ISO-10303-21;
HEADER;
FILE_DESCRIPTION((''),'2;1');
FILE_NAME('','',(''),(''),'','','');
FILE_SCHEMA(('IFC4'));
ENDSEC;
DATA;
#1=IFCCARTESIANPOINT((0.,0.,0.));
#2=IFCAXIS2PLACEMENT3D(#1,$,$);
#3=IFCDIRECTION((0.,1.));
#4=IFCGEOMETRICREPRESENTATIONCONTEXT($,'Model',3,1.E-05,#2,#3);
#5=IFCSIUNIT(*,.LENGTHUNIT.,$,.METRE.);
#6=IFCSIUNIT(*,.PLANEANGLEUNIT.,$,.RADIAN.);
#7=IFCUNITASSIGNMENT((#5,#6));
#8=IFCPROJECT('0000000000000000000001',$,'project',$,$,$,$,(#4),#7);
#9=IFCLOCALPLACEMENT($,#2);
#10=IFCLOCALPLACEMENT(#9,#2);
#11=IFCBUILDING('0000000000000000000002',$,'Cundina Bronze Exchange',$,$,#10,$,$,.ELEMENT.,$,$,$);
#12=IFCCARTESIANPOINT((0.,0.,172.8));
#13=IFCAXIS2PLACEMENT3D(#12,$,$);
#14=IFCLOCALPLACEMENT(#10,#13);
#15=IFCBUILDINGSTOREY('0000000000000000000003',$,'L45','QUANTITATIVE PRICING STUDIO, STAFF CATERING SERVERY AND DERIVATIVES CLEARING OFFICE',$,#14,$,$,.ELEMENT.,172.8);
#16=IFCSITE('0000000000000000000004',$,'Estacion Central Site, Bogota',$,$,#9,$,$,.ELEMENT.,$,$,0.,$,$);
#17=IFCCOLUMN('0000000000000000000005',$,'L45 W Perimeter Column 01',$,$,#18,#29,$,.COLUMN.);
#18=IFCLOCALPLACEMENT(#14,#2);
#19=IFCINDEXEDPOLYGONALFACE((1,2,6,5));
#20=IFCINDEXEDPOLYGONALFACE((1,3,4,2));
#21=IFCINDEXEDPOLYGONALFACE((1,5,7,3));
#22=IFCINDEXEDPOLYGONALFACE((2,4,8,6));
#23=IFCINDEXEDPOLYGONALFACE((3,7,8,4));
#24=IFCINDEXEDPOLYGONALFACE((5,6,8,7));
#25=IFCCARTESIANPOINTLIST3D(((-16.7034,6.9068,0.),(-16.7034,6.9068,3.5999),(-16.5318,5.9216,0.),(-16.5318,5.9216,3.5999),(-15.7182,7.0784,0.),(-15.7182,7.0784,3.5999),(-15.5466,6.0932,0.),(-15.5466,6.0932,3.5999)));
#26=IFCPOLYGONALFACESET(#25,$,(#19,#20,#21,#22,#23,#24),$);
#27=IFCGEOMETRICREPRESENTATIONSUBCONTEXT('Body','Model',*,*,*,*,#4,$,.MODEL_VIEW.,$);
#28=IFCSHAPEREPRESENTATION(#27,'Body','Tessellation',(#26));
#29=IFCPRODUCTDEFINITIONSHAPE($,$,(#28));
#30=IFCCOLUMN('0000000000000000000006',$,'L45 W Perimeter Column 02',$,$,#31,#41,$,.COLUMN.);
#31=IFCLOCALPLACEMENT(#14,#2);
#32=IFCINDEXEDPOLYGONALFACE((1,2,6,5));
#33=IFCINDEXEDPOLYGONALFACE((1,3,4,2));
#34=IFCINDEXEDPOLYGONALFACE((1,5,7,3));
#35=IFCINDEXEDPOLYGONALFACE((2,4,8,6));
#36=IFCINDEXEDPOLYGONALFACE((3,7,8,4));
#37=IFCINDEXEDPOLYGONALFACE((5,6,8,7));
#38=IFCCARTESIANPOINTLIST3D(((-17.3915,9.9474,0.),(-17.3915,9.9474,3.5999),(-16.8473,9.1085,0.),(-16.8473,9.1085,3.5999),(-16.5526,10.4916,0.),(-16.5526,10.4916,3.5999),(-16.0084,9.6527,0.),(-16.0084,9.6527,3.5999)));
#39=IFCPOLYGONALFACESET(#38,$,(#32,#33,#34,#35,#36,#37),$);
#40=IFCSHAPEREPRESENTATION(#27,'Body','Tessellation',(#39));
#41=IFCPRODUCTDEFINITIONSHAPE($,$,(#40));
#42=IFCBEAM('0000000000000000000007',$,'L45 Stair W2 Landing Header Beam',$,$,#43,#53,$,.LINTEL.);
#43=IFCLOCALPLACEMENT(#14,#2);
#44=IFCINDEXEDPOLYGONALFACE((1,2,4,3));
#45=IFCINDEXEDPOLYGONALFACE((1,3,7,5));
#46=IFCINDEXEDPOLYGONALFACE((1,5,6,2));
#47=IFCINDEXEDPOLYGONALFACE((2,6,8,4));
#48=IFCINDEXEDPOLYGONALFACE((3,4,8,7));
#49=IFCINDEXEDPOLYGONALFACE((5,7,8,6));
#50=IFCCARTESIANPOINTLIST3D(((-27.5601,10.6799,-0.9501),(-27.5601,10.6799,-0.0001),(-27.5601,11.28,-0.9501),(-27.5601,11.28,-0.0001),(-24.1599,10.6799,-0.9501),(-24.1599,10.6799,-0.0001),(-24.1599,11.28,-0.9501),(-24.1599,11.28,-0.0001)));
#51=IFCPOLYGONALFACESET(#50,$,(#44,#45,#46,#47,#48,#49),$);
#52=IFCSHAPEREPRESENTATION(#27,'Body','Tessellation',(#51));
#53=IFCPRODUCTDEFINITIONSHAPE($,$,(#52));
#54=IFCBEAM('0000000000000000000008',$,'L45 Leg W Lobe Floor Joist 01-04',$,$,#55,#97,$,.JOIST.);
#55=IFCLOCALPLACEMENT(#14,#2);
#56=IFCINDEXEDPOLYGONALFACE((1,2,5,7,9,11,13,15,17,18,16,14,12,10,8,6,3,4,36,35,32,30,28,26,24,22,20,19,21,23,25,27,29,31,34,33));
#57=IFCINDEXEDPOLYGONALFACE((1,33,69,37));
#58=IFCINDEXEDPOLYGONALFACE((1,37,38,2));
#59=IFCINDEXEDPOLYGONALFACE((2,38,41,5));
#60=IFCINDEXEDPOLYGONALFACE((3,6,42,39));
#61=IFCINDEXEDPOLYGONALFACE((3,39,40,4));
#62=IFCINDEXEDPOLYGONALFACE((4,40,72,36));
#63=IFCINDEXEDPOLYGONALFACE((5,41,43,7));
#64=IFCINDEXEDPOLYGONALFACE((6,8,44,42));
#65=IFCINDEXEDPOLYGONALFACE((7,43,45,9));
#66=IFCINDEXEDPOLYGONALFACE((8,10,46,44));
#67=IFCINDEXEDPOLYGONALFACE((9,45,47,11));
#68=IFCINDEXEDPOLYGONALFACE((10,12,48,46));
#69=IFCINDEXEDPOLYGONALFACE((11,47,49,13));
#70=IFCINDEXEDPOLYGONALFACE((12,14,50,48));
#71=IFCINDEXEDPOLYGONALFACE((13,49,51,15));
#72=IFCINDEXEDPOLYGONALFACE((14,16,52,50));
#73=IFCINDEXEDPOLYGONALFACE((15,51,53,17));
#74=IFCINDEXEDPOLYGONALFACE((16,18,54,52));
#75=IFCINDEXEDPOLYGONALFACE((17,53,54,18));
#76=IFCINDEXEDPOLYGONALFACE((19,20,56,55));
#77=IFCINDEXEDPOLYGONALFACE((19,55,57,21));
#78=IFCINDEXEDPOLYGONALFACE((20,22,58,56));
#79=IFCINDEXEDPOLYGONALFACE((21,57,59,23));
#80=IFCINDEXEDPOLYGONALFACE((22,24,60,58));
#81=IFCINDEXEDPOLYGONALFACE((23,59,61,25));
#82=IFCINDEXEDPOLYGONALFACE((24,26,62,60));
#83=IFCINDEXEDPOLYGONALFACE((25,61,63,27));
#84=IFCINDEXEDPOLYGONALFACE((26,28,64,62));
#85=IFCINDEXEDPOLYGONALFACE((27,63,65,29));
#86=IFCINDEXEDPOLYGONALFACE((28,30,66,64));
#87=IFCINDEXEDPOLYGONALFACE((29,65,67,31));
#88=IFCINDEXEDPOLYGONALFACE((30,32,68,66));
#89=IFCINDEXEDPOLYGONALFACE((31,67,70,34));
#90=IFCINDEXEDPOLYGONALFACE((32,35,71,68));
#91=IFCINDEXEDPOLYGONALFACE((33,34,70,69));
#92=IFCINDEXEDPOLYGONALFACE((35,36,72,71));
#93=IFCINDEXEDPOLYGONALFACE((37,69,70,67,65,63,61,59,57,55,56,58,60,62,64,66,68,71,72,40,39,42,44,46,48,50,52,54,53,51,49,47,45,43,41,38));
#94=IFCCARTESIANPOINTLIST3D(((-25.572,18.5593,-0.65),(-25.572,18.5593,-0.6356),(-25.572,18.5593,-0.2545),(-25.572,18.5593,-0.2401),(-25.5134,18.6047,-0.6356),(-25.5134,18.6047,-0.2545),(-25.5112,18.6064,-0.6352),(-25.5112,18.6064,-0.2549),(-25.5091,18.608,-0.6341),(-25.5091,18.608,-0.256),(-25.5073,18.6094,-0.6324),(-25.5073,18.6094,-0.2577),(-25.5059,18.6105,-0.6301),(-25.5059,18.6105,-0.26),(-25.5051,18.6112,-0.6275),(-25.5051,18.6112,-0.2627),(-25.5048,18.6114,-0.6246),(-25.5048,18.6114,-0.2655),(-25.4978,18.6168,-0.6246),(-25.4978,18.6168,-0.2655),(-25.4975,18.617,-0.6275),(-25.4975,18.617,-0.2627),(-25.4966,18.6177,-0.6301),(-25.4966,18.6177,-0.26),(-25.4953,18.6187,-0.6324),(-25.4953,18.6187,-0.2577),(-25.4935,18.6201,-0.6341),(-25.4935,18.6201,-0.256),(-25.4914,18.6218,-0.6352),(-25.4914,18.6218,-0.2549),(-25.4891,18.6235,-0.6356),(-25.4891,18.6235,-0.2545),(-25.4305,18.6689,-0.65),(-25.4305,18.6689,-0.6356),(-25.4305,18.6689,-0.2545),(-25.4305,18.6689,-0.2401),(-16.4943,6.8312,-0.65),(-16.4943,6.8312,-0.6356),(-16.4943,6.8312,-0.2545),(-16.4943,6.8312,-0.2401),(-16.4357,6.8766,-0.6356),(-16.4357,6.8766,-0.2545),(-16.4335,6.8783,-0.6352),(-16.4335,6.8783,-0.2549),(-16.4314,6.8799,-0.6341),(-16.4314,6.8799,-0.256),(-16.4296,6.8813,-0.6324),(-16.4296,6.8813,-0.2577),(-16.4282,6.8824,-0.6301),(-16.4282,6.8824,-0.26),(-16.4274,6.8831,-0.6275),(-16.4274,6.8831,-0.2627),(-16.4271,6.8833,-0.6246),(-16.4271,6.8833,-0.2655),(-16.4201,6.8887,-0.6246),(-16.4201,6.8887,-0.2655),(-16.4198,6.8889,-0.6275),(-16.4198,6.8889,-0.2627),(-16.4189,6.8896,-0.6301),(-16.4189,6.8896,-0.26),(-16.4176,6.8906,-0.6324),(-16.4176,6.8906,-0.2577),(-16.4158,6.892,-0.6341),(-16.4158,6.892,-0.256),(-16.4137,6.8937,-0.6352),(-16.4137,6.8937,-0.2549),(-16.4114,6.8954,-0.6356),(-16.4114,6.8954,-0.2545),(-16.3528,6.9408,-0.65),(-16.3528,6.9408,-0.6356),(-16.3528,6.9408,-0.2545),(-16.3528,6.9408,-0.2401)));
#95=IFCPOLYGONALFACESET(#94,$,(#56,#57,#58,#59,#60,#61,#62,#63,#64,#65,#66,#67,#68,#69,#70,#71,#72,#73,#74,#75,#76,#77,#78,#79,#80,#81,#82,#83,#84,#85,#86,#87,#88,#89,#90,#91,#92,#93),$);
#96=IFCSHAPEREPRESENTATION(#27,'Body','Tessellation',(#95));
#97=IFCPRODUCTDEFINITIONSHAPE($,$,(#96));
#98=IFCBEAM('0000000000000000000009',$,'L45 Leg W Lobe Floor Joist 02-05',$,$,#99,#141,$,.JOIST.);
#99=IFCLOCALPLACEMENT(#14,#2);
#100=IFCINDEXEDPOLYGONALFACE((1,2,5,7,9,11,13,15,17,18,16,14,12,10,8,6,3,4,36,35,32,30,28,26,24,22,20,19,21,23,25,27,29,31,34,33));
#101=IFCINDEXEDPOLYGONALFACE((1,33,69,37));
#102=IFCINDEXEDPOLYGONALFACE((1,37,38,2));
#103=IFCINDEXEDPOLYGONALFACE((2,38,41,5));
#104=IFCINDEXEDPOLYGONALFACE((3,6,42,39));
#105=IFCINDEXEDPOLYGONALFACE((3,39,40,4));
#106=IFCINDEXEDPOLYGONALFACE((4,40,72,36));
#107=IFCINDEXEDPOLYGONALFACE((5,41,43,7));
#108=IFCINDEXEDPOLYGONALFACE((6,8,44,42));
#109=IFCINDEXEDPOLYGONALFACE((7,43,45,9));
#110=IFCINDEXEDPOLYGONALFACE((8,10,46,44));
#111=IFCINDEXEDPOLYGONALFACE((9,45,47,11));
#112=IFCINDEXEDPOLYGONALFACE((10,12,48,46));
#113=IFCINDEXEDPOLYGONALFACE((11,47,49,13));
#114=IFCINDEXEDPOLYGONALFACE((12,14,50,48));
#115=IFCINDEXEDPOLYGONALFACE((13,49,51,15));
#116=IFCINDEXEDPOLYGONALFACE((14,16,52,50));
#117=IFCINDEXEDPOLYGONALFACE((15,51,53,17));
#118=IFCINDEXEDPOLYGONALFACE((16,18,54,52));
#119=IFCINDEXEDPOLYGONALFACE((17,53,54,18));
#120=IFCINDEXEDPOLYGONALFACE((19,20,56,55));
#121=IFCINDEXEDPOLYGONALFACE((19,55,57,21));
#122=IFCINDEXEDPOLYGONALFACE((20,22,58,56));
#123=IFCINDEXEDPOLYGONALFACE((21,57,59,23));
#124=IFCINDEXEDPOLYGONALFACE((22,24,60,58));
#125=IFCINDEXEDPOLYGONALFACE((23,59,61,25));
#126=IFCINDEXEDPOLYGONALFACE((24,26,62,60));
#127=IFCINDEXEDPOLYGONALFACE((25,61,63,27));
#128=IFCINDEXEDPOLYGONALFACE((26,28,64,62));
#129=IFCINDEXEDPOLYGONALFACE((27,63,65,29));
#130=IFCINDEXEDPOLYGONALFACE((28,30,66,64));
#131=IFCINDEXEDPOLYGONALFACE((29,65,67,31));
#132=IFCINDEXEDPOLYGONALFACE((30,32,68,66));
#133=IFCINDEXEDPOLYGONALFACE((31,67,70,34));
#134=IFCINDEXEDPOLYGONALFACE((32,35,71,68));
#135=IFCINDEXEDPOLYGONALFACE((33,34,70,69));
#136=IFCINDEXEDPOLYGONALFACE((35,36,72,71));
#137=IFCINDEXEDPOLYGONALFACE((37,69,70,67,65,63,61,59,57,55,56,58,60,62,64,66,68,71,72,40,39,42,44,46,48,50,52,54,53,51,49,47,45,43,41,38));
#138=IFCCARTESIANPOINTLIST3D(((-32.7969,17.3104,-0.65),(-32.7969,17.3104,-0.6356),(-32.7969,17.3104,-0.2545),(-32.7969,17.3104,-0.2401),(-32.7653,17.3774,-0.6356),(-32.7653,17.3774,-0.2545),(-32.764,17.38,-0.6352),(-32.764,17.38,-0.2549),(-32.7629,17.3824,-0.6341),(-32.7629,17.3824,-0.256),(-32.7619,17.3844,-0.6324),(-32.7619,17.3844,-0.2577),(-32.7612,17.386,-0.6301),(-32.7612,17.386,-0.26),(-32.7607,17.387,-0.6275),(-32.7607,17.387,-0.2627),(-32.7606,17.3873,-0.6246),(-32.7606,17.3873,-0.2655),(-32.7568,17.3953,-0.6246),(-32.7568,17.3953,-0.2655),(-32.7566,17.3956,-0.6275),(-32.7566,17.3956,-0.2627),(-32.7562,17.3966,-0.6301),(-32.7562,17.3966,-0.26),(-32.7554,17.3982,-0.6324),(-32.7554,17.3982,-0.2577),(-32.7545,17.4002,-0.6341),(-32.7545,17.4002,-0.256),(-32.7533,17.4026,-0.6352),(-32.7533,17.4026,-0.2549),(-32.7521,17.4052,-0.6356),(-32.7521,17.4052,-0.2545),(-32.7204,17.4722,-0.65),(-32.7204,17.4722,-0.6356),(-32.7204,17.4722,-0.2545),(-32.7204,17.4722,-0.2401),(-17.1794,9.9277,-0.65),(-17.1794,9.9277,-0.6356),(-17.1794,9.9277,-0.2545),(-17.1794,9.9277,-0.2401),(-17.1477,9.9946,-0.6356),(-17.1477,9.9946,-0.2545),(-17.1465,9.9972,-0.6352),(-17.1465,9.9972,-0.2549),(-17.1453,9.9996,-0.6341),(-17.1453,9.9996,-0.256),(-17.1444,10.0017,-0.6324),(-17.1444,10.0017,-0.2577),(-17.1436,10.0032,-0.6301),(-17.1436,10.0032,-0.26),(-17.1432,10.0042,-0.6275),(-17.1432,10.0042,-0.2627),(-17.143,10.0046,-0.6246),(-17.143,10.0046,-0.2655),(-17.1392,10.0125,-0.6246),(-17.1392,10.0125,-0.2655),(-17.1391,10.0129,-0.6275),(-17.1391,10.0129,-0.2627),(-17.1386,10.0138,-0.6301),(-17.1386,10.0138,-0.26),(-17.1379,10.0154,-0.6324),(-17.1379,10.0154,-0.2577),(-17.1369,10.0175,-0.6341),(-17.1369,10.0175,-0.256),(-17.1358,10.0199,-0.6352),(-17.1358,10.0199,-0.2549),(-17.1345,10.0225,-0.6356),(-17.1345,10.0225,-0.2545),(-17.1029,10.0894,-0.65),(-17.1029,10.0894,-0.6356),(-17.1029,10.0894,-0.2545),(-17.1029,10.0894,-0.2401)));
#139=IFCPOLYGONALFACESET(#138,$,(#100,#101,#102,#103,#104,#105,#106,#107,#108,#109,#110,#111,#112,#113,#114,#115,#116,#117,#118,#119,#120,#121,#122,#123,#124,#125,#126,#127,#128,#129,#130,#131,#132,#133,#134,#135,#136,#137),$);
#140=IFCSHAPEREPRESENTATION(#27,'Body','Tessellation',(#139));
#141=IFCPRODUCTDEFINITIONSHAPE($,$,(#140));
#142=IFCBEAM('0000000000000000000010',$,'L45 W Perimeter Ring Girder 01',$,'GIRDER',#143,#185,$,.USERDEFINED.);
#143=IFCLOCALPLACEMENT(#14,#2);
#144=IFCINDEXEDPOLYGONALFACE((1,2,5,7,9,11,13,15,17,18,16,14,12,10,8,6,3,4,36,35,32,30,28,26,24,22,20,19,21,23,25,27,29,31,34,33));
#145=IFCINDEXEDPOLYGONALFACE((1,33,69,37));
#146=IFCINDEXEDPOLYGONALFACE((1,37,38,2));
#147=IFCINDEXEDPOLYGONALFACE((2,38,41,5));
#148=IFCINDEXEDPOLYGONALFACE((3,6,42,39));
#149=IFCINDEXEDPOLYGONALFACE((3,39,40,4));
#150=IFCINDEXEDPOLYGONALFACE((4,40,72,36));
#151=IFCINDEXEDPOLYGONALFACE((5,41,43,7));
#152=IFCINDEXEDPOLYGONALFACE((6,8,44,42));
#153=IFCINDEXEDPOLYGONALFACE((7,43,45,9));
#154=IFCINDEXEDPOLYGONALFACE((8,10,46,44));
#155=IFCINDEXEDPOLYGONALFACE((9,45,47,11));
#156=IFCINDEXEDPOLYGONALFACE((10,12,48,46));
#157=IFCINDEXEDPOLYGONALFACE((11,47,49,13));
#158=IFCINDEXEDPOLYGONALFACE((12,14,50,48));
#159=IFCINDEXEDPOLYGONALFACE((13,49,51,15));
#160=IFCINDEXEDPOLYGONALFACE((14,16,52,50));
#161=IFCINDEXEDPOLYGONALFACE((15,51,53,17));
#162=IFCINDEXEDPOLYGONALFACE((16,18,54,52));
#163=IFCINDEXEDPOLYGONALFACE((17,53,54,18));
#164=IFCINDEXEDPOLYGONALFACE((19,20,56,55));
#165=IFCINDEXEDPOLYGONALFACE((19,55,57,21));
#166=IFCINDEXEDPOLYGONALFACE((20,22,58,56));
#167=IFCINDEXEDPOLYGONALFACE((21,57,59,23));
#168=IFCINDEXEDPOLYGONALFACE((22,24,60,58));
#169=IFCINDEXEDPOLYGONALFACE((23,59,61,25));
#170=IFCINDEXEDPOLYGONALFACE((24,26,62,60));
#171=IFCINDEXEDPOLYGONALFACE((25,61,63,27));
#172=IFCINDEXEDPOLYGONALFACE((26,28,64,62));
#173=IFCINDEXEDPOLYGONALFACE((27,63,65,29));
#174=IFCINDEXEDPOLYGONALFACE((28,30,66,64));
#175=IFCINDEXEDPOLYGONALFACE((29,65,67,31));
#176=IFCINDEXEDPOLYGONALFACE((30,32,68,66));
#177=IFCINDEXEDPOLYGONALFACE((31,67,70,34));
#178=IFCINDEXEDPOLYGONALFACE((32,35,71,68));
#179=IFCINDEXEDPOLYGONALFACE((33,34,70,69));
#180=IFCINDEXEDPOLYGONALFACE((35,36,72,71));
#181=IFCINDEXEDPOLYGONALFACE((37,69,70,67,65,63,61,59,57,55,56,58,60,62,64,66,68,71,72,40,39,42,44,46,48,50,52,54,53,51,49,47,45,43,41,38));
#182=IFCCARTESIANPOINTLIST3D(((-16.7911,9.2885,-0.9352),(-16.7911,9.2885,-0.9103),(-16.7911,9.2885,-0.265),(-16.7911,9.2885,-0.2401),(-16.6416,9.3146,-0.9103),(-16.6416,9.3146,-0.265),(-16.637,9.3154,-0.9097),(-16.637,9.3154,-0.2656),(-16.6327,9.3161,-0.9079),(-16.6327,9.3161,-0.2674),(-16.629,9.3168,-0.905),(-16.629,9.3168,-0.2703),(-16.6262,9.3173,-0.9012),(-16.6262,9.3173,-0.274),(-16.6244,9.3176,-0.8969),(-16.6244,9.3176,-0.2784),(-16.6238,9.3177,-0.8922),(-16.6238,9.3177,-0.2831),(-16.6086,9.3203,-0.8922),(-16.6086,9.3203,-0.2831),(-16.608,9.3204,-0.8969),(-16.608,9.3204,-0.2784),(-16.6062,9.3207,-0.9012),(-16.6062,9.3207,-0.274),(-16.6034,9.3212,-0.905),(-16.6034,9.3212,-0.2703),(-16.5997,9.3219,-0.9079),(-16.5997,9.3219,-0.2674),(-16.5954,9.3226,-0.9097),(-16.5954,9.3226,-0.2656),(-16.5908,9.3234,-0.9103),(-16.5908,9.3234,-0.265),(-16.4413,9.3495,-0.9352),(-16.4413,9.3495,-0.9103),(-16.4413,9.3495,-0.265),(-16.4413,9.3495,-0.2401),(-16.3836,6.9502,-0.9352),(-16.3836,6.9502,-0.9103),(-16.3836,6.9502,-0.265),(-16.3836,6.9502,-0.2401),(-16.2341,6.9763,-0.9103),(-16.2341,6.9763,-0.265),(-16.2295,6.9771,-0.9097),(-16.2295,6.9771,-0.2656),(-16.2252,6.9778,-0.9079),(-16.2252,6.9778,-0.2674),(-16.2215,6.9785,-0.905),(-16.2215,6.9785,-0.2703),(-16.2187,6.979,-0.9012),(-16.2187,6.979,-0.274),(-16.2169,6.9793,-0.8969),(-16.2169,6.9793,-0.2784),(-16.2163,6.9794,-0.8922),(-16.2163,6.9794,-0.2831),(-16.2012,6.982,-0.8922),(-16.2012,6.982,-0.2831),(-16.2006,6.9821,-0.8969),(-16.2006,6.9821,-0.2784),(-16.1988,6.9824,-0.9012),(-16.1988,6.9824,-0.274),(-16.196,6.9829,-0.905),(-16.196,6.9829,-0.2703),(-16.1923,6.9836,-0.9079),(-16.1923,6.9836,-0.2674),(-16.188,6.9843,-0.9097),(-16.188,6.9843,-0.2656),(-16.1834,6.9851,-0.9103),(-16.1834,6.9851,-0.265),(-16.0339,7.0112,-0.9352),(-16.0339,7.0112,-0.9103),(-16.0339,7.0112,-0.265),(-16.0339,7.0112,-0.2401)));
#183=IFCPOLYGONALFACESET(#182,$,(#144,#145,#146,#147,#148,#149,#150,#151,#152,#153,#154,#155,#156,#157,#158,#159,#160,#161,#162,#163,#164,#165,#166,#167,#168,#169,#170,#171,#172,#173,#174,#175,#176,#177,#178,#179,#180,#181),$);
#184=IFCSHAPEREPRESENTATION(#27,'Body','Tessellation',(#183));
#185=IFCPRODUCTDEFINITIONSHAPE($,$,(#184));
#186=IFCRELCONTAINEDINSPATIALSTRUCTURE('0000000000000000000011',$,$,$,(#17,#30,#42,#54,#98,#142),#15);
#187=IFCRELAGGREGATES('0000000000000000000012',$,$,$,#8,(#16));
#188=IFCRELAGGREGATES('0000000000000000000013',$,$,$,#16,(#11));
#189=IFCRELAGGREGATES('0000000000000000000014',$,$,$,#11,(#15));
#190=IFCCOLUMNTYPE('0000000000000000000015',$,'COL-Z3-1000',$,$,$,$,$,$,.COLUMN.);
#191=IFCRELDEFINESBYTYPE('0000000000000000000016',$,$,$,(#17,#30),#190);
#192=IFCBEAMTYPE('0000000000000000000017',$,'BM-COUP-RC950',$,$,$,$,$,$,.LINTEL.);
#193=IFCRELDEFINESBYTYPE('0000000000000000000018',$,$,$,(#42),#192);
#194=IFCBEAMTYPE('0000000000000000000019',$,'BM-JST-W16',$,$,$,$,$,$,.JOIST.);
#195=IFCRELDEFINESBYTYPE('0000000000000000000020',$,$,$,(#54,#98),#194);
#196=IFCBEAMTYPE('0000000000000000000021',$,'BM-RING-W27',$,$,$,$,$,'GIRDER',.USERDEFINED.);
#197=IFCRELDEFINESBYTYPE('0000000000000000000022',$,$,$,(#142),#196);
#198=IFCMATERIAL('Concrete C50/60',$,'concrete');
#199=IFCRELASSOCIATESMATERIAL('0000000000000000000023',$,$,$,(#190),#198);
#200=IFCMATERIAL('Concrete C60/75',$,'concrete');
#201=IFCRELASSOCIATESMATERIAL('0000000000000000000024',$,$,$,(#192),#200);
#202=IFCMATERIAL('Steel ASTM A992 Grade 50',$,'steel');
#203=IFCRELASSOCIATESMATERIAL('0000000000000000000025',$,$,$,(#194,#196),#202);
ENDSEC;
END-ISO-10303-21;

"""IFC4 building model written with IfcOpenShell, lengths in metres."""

from ifc_helpers import new_model, si_unit, direction, frame, origin, origin_2d, place, context, subcontext, project, spatial, rectangle, i_section, extrude, material, material_profile, profile_set, type_object, element, save


model = new_model("IFC4")

# Units and contexts
model_context = context("Model", 3, precision=1e-05, world=origin(), true_north=direction((0.0, 1.0)))
body_context = subcontext(model_context, "Body", "Model", "MODEL_VIEW")
ifc_project = project(units=[si_unit("LENGTHUNIT", "METRE"), si_unit("PLANEANGLEUNIT", "RADIAN")], contexts=[model_context])

# Site, building, storey
site_placement = place(None, origin())
site = spatial("IfcSite", under=ifc_project, at=site_placement, Name="Estacion Central Site, Bogota", CompositionType="ELEMENT", RefElevation=0.0)
building_placement = place(site_placement, origin())
building = spatial("IfcBuilding", under=site, at=building_placement, Name="Cundina Bronze Exchange", CompositionType="ELEMENT")
storey_placement = place(building_placement, frame((0.0, 0.0, 172.8)))
storey = spatial("IfcBuildingStorey", under=building, at=storey_placement, Name="L45", Description="QUANTITATIVE PRICING STUDIO, STAFF CATERING SERVERY AND DERIVATIVES CLEARING OFFICE", CompositionType="ELEMENT", Elevation=172.8)

# Columns
ifc_material_1 = material(Name="Concrete C50/60", Category="concrete")
ifc_material_profile_1 = material_profile(ifc_material_1, rectangle(XDim=1.0, YDim=1.0, at=origin_2d()), Name="RC1000X1000", Category="concrete")
ifc_profile_set_1 = profile_set([ifc_material_profile_1], Name="Concrete C50/60")
column_type = type_object("IfcColumnType", Name="COL-Z3-1000", PredefinedType="COLUMN", material=ifc_profile_set_1)
for number, where, z_axis, x_axis, name in (
    (1, (-16.125, 6.5, 0.0), (0.0, 0.0, 1.0), (-0.171585, 0.985169, 0.0), "L45 W Perimeter Column 01"),
    (2, (-16.7, 9.8, 0.0), (0.0, 0.0, 1.0), (-0.5442, 0.838956, 0.0), "L45 W Perimeter Column 02"),
):
    element("IfcColumn", number, at=place(storey_placement, frame(where, z_axis=z_axis, x_axis=x_axis)), inside=storey, type_object=column_type, Name=name, PredefinedType="COLUMN", context=body_context, shape_type="SweptSolid", body=[
        extrude(rectangle(XDim=1.0, YDim=1.0, at=origin_2d()), origin(), (0.0, 0.0, 1.0), 3.5999),
    ])

# Beams
ifc_material_2 = material(Name="Concrete C60/75", Category="concrete")
ifc_material_profile_2 = material_profile(ifc_material_2, rectangle(XDim=0.6001, YDim=0.95, at=origin_2d()), Name="RC600X950", Category="concrete")
ifc_profile_set_2 = profile_set([ifc_material_profile_2], Name="Concrete C60/75")
beam_type_1 = type_object("IfcBeamType", Name="BM-COUP-RC950", PredefinedType="LINTEL", material=ifc_profile_set_2)
beam_1_placement = place(storey_placement, frame((-27.5601, 10.98, -0.4751), z_axis=(1.0, 0.0, 0.0), x_axis=(0.0, 1.0, 0.0)))
element("IfcBeam", 3, at=beam_1_placement, inside=storey, type_object=beam_type_1, Name="L45 Stair W2 Landing Header Beam", PredefinedType="LINTEL", context=body_context, shape_type="SweptSolid", body=[
    extrude(rectangle(XDim=0.6001, YDim=0.95, at=origin_2d()), origin(), (0.0, 0.0, 1.0), 3.4001),
])
ifc_material_3 = material(Name="Steel ASTM A992 Grade 50", Category="steel")
ifc_material_profile_3 = material_profile(ifc_material_3, i_section(OverallWidth=0.179, OverallDepth=0.4099, WebThickness=0.0088, FlangeThickness=0.0144, FilletRadius=0.011, at=origin_2d()), Name="W16X45", Category="steel")
ifc_profile_set_3 = profile_set([ifc_material_profile_3], Name="Steel ASTM A992 Grade 50")
beam_type_2 = type_object("IfcBeamType", Name="BM-JST-W16", PredefinedType="JOIST", material=ifc_profile_set_3)
beam_2_placement = place(storey_placement, frame((-16.4236, 6.886, -0.4451), z_axis=(-0.612084, 0.790793, 0.0), x_axis=(-0.790793, -0.612084, 0.0)))
element("IfcBeam", 4, at=beam_2_placement, inside=storey, type_object=beam_type_2, Name="L45 Leg W Lobe Floor Joist 01-04", PredefinedType="JOIST", context=body_context, shape_type="SweptSolid", body=[
    extrude(i_section(OverallWidth=0.179, OverallDepth=0.4099, WebThickness=0.0088, FlangeThickness=0.0144, FilletRadius=0.011, at=origin_2d()), origin(), (0.0, 0.0, 1.0), 14.8308),
])
beam_3_placement = place(storey_placement, frame((-17.1411, 10.0085, -0.4451), z_axis=(-0.904074, 0.427375, 0.0), x_axis=(-0.427375, -0.904074, 0.0)))
element("IfcBeam", 5, at=beam_3_placement, inside=storey, type_object=beam_type_2, Name="L45 Leg W Lobe Floor Joist 02-05", PredefinedType="JOIST", context=body_context, shape_type="SweptSolid", body=[
    extrude(i_section(OverallWidth=0.179, OverallDepth=0.4099, WebThickness=0.0088, FlangeThickness=0.0144, FilletRadius=0.011, at=origin_2d()), origin(), (0.0, 0.0, 1.0), 17.2747),
])
ifc_material_profile_4 = material_profile(ifc_material_3, i_section(OverallWidth=0.355, OverallDepth=0.6951, WebThickness=0.0154, FlangeThickness=0.0249, FilletRadius=0.0181, at=origin_2d()), Name="W27X146", Category="steel")
ifc_profile_set_4 = profile_set([ifc_material_profile_4], Name="Steel ASTM A992 Grade 50")
beam_type_3 = type_object("IfcBeamType", Name="BM-RING-W27", ElementType="GIRDER", PredefinedType="USERDEFINED", material=ifc_profile_set_4)
beam_4_placement = place(storey_placement, frame((-16.2087, 6.9807, -0.5876), z_axis=(-0.171667, 0.985155, 0.0), x_axis=(-0.985155, -0.171667, 0.0)))
element("IfcBeam", 6, at=beam_4_placement, inside=storey, type_object=beam_type_3, Name="L45 W Perimeter Ring Girder 01", ObjectType="GIRDER", PredefinedType="USERDEFINED", context=body_context, shape_type="SweptSolid", body=[
    extrude(i_section(OverallWidth=0.355, OverallDepth=0.6951, WebThickness=0.0154, FlangeThickness=0.0249, FilletRadius=0.0181, at=origin_2d()), origin(), (0.0, 0.0, 1.0), 2.3735),
])

save(model, "model.ifc")
